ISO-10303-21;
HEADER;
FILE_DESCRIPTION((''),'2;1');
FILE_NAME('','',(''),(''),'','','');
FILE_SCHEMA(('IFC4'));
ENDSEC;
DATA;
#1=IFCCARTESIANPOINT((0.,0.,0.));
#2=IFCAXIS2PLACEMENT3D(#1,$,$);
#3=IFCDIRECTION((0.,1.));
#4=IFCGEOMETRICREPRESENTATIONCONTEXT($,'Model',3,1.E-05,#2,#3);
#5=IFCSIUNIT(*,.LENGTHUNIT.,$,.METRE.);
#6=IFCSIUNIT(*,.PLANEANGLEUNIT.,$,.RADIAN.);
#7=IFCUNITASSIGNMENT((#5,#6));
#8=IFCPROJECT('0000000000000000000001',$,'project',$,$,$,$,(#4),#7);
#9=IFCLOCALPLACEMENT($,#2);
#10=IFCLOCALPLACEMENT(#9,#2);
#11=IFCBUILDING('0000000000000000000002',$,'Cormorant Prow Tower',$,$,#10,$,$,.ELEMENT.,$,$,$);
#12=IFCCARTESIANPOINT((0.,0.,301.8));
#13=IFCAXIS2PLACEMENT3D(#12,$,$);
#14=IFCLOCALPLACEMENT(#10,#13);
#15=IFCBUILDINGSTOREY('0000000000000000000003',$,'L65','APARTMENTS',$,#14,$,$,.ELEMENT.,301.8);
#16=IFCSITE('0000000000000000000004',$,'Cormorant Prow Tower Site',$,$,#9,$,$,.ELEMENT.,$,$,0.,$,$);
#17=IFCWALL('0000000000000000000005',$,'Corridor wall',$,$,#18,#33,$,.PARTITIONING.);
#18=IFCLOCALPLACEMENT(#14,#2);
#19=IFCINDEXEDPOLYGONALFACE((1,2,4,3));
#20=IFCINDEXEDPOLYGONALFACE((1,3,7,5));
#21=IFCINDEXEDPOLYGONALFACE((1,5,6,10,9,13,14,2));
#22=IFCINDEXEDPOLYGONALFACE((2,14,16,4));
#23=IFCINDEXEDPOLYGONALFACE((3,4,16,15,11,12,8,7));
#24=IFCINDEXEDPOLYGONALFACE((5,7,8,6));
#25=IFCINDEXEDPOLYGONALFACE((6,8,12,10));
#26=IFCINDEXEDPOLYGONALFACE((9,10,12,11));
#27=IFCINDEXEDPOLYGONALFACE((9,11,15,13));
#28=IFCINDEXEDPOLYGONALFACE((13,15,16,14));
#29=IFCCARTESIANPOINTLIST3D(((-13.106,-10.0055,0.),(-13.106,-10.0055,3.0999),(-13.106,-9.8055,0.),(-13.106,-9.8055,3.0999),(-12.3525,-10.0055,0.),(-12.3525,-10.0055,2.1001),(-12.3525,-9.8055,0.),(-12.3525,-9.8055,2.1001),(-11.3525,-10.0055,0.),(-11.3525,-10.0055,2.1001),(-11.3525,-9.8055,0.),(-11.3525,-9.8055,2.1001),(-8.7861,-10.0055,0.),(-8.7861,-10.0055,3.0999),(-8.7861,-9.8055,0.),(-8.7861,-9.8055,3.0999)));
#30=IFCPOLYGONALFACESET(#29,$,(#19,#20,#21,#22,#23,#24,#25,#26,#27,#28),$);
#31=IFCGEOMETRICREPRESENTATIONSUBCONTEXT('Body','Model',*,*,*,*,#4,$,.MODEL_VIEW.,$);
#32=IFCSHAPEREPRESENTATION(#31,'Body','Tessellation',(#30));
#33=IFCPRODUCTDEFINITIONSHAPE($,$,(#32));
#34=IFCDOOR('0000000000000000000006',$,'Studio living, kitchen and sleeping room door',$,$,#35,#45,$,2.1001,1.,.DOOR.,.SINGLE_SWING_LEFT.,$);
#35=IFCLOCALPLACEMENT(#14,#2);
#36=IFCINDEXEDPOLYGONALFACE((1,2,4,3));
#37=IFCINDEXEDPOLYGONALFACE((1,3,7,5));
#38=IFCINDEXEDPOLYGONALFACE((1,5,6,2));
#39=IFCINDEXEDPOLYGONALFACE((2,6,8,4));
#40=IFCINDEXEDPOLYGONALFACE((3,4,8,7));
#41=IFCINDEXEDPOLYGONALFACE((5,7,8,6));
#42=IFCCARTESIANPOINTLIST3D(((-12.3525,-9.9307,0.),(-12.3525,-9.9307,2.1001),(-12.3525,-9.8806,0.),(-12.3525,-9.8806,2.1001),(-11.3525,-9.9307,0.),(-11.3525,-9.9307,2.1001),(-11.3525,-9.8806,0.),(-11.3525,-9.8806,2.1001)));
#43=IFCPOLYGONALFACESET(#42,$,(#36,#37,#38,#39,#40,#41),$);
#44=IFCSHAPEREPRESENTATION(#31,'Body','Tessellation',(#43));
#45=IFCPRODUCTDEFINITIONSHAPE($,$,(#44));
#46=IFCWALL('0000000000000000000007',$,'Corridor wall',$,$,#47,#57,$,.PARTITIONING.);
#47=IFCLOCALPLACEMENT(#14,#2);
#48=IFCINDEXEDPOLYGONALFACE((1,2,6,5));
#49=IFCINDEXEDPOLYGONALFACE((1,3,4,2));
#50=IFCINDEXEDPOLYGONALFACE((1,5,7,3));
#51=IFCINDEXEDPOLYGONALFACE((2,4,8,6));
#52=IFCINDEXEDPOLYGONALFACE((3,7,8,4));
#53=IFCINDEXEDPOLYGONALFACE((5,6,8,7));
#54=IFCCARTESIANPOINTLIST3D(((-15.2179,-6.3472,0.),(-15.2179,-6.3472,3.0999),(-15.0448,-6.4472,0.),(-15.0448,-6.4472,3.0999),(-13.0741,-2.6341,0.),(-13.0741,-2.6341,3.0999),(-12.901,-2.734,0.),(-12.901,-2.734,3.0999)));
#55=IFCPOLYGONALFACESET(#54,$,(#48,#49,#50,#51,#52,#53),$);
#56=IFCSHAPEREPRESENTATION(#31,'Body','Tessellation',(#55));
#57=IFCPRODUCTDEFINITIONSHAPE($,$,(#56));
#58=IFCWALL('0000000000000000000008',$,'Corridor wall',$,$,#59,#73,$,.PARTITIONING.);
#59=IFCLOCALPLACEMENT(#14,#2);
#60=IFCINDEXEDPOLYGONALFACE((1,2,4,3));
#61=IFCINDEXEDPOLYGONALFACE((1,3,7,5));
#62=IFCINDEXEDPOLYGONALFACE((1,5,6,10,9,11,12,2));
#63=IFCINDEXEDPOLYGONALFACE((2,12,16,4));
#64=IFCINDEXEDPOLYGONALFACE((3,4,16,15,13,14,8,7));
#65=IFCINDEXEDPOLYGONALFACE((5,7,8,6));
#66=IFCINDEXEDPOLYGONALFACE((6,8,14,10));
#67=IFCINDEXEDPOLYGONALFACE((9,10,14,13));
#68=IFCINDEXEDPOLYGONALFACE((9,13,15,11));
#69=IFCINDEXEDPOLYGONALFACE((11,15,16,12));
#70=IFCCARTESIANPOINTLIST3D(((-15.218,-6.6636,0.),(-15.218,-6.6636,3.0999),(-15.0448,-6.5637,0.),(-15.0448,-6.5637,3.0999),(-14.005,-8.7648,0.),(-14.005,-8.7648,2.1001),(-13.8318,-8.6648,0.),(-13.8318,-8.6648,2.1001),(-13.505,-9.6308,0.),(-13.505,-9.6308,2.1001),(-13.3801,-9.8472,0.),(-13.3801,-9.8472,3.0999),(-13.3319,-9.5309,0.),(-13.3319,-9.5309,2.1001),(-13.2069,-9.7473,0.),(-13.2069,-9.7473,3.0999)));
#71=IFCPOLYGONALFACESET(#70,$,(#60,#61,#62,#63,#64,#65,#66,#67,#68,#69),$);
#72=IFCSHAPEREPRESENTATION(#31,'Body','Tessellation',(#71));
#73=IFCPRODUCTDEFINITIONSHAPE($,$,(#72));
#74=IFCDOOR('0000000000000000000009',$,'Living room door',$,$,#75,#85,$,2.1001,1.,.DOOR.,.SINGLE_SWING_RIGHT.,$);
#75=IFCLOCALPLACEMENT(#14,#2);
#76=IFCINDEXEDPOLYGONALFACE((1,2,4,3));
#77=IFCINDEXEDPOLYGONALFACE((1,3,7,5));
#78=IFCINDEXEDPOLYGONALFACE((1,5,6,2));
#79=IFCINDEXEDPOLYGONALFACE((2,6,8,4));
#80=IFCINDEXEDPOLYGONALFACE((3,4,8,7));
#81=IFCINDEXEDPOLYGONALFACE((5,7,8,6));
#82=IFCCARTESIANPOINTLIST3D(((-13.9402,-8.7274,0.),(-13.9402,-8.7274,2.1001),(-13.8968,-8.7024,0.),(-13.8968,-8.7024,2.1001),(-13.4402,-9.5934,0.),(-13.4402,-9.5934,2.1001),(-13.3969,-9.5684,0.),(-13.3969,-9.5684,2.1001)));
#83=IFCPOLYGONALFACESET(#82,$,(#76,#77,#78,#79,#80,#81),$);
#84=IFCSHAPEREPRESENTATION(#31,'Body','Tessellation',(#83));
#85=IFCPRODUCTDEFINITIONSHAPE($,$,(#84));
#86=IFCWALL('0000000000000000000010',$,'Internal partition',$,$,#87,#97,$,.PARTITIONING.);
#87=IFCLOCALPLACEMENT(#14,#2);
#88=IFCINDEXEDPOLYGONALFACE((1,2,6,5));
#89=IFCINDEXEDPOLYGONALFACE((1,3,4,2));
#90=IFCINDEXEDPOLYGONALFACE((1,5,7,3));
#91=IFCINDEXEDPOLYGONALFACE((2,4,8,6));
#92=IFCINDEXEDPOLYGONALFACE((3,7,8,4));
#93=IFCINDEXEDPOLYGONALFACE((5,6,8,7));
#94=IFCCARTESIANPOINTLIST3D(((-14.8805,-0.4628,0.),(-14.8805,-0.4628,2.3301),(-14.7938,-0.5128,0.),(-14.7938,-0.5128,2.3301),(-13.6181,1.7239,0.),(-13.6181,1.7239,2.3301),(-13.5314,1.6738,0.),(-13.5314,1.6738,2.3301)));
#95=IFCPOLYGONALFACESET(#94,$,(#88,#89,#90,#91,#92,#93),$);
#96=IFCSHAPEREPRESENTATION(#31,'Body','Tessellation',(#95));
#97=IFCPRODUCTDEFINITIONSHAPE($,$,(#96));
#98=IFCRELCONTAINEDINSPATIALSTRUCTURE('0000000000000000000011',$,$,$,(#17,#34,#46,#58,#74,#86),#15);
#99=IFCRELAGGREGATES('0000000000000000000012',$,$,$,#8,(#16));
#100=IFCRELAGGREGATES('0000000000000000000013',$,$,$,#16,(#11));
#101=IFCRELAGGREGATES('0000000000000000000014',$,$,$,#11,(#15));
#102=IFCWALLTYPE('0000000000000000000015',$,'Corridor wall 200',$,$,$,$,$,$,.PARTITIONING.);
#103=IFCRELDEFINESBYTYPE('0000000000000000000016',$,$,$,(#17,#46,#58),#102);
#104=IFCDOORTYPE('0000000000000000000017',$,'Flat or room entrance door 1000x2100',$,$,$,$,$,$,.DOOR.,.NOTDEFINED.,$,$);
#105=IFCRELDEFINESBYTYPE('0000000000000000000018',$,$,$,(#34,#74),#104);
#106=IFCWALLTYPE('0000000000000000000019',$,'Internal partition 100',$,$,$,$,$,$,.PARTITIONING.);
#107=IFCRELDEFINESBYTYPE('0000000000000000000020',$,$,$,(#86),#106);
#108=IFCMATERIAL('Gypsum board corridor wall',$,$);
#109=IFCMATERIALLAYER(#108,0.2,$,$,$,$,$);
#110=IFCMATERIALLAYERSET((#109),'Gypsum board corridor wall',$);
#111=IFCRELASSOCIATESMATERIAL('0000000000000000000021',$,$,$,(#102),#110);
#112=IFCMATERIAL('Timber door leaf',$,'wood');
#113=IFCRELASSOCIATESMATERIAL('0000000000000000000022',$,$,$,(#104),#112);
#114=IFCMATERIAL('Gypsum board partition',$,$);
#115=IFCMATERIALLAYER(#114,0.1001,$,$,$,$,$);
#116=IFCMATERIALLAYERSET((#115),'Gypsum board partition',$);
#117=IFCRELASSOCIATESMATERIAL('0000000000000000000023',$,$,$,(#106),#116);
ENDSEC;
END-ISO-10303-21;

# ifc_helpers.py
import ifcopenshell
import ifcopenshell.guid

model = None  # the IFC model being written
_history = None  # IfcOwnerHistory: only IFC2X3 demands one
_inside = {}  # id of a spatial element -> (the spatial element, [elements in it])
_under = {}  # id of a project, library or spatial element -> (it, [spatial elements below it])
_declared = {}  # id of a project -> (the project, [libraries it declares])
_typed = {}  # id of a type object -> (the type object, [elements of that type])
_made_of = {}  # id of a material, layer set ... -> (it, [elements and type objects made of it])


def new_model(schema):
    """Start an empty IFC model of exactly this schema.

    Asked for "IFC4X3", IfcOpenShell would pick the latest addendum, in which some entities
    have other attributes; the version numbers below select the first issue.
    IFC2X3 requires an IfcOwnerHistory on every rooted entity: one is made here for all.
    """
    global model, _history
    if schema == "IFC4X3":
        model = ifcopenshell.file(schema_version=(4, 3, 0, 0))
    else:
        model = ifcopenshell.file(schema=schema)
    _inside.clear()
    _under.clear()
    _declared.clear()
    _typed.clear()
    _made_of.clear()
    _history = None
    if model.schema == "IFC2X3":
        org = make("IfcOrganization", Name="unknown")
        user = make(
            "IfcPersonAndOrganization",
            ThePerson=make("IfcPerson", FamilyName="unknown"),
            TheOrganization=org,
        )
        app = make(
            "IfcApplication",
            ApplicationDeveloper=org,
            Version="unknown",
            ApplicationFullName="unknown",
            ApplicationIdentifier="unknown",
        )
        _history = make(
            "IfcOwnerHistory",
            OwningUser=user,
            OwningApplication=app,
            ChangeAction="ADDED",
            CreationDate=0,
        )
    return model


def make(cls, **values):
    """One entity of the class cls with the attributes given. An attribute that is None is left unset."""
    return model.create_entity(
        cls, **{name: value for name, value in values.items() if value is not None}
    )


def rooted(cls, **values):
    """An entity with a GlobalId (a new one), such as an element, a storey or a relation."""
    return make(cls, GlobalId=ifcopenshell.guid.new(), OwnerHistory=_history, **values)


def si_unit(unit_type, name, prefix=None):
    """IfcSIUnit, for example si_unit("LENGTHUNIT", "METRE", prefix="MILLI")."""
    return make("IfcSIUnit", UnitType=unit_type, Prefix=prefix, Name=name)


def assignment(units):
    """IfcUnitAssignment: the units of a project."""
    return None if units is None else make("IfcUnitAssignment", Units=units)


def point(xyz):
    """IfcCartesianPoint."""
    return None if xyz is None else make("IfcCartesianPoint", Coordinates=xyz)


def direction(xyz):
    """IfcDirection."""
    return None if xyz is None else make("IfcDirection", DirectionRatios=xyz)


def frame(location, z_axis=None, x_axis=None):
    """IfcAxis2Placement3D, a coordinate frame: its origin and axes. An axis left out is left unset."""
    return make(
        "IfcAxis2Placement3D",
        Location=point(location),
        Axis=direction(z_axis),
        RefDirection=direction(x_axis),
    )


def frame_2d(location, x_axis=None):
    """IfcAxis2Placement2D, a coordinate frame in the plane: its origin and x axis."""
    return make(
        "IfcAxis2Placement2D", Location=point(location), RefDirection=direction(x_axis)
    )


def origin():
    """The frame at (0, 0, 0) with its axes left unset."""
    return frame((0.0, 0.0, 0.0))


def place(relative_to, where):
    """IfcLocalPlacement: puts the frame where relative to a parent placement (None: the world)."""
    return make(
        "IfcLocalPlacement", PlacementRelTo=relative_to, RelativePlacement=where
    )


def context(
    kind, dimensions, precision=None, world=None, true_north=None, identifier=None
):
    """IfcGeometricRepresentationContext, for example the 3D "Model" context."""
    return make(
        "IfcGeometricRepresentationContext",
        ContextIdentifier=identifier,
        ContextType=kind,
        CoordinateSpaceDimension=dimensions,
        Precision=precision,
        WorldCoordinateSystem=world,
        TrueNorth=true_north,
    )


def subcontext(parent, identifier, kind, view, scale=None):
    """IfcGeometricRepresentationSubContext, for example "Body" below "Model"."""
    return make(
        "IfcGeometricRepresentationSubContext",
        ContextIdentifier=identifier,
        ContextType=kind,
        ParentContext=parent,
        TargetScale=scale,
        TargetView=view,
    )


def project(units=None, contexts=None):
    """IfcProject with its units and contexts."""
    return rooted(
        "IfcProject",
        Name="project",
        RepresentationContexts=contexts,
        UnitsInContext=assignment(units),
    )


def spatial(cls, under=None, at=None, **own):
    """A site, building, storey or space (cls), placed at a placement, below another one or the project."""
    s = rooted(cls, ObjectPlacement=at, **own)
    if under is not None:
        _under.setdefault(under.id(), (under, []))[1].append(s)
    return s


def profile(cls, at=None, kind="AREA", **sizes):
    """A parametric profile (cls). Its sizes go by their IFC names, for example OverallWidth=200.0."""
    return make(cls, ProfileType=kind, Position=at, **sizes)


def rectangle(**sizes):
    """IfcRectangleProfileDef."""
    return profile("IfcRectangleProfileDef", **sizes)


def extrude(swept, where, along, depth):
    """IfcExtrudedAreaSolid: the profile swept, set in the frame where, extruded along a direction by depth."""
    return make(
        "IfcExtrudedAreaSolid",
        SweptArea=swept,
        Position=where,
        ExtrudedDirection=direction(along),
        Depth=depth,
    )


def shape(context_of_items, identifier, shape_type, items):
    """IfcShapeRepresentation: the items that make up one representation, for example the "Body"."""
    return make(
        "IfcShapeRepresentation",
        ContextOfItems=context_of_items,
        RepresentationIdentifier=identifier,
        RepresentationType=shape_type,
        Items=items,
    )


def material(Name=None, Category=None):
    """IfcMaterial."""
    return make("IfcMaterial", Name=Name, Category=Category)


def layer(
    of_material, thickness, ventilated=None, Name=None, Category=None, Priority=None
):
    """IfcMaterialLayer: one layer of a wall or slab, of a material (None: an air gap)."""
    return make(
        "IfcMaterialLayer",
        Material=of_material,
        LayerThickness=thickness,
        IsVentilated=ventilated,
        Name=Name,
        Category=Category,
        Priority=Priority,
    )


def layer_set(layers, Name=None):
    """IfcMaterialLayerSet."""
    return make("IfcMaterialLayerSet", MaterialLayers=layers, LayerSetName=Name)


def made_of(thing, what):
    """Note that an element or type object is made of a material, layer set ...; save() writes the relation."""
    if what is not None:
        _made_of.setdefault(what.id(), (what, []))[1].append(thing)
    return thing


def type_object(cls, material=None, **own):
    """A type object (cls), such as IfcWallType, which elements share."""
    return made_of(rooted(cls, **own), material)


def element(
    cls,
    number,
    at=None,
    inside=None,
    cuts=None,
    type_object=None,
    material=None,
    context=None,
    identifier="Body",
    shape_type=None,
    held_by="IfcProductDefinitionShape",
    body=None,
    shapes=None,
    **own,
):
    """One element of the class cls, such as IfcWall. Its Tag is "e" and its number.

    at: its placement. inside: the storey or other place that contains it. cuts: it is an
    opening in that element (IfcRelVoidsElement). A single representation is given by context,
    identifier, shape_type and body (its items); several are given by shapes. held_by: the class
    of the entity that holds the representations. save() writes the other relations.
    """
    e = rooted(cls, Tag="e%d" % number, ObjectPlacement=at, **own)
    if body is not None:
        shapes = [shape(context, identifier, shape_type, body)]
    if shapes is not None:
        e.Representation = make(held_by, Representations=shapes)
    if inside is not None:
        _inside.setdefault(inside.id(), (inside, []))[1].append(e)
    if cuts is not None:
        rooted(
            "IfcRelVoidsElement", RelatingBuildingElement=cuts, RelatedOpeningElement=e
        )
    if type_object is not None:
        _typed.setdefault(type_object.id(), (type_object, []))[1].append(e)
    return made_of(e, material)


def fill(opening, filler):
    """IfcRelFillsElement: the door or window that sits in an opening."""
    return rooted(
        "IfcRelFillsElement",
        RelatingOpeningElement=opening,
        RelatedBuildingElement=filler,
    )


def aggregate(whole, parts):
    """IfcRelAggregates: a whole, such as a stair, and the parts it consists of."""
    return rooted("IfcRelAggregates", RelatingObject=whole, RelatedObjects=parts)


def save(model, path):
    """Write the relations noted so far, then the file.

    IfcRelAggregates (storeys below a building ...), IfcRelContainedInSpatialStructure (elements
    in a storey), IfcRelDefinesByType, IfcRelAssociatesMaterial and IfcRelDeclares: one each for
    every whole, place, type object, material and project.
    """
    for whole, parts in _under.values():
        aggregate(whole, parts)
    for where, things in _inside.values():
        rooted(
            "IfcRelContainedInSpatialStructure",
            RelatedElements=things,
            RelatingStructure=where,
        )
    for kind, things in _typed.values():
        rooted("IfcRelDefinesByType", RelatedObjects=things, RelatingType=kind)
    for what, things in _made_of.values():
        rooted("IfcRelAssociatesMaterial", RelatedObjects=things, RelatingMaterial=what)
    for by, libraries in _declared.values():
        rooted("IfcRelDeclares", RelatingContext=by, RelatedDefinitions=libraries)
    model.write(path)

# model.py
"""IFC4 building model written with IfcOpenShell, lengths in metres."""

from ifc_helpers import new_model, si_unit, direction, frame, frame_2d, origin, place, context, subcontext, project, spatial, rectangle, extrude, material, layer, layer_set, type_object, element, fill, save


model = new_model("IFC4")

# Units and contexts
model_context = context("Model", 3, precision=1e-05, world=origin(), true_north=direction((0.0, 1.0)))
body_context = subcontext(model_context, "Body", "Model", "MODEL_VIEW")
ifc_project = project(units=[si_unit("LENGTHUNIT", "METRE"), si_unit("PLANEANGLEUNIT", "RADIAN")], contexts=[model_context])

# Site, building, storey
site_placement = place(None, origin())
site = spatial("IfcSite", under=ifc_project, at=site_placement, Name="Cormorant Prow Tower Site", CompositionType="ELEMENT", RefElevation=0.0)
building_placement = place(site_placement, origin())
building = spatial("IfcBuilding", under=site, at=building_placement, Name="Cormorant Prow Tower", CompositionType="ELEMENT")
storey_placement = place(building_placement, frame((0.0, 0.0, 301.8)))
storey = spatial("IfcBuildingStorey", under=building, at=storey_placement, Name="L65", Description="APARTMENTS", CompositionType="ELEMENT", Elevation=301.8)

# Wall, opening, door
ifc_material_1 = material(Name="Gypsum board corridor wall")
ifc_layer_1 = layer(ifc_material_1, 0.2)
ifc_layer_set_1 = layer_set([ifc_layer_1], Name="Gypsum board corridor wall")
wall_type_1 = type_object("IfcWallType", Name="Corridor wall 200", PredefinedType="PARTITIONING", material=ifc_layer_set_1)
ifc_material_2 = material(Name="Timber door leaf", Category="wood")
door_type = type_object("IfcDoorType", Name="Flat or room entrance door 1000x2100", OperationType="NOTDEFINED", PredefinedType="DOOR", material=ifc_material_2)
wall_1_placement = place(storey_placement, frame((-13.106, -9.9055, 0.0), z_axis=(0.0, 0.0, 1.0), x_axis=(1.0, 0.0, 0.0)))
wall_1 = element("IfcWall", 1, at=wall_1_placement, inside=storey, type_object=wall_type_1, Name="Corridor wall", PredefinedType="PARTITIONING", context=body_context, shape_type="SweptSolid", body=[
    extrude(rectangle(XDim=4.3198, YDim=0.2, at=frame_2d((2.1599, 0.0))), origin(), (0.0, 0.0, 1.0), 3.0999),
])
opening_1_placement = place(wall_1_placement, frame((0.7534, 0.0, 0.0)))
opening_1 = element("IfcOpeningElement", 2, at=opening_1_placement, cuts=wall_1, PredefinedType="OPENING", context=body_context, shape_type="SweptSolid", body=[
    extrude(rectangle(XDim=1.0, YDim=2.1001, at=frame_2d((0.5, 1.05))), frame((0.0, 0.1099, 0.0), z_axis=(0.0, -1.0, 0.0), x_axis=(1.0, 0.0, 0.0)), (0.0, 0.0, 1.0), 0.22),
])
door_1_placement = place(opening_1_placement, origin())
door_1 = element("IfcDoor", 3, at=door_1_placement, inside=storey, type_object=door_type, Name="Studio living, kitchen and sleeping room door", OperationType="SINGLE_SWING_LEFT", OverallHeight=2.1001, OverallWidth=1.0, PredefinedType="DOOR", context=body_context, shape_type="SweptSolid", body=[
    extrude(rectangle(XDim=1.0, YDim=2.1001, at=frame_2d((0.5, 1.05))), frame((0.0, 0.0249, 0.0), z_axis=(0.0, -1.0, 0.0), x_axis=(1.0, 0.0, 0.0)), (0.0, 0.0, 1.0), 0.05),
])
fill(opening_1, door_1)

# Wall
wall_2_placement = place(storey_placement, frame((-15.1313, -6.3972, 0.0), z_axis=(0.0, 0.0, 1.0), x_axis=(0.500003, 0.866023, 0.0)))
element("IfcWall", 4, at=wall_2_placement, inside=storey, type_object=wall_type_1, Name="Corridor wall", PredefinedType="PARTITIONING", context=body_context, shape_type="SweptSolid", body=[
    extrude(rectangle(XDim=4.2876, YDim=0.2, at=frame_2d((2.1438, 0.0))), origin(), (0.0, 0.0, 1.0), 3.0999),
])

# Wall, opening, door
wall_3_placement = place(storey_placement, frame((-15.1313, -6.6138, 0.0), z_axis=(0.0, 0.0, 1.0), x_axis=(0.499968, -0.866044, 0.0)))
wall_3 = element("IfcWall", 5, at=wall_3_placement, inside=storey, type_object=wall_type_1, Name="Corridor wall", PredefinedType="PARTITIONING", context=body_context, shape_type="SweptSolid", body=[
    extrude(rectangle(XDim=3.676, YDim=0.2, at=frame_2d((1.8379, 0.0))), origin(), (0.0, 0.0, 1.0), 3.0999),
])
opening_2_placement = place(wall_3_placement, frame((2.426, 0.0, 0.0)))
opening_2 = element("IfcOpeningElement", 6, at=opening_2_placement, cuts=wall_3, PredefinedType="OPENING", context=body_context, shape_type="SweptSolid", body=[
    extrude(rectangle(XDim=1.0, YDim=2.1001, at=frame_2d((0.5, 1.05))), frame((0.0, 0.1099, 0.0), z_axis=(0.0, -1.0, 0.0), x_axis=(1.0, 0.0, 0.0)), (0.0, 0.0, 1.0), 0.22),
])
door_2_placement = place(opening_2_placement, origin())
door_2 = element("IfcDoor", 7, at=door_2_placement, inside=storey, type_object=door_type, Name="Living room door", OperationType="SINGLE_SWING_RIGHT", OverallHeight=2.1001, OverallWidth=1.0, PredefinedType="DOOR", context=body_context, shape_type="SweptSolid", body=[
    extrude(rectangle(XDim=1.0, YDim=2.1001, at=frame_2d((0.5, 1.05))), frame((0.0, 0.0249, 0.0), z_axis=(0.0, -1.0, 0.0), x_axis=(1.0, 0.0, 0.0)), (0.0, 0.0, 1.0), 0.05),
])
fill(opening_2, door_2)

# Wall
ifc_material_3 = material(Name="Gypsum board partition")
ifc_layer_2 = layer(ifc_material_3, 0.1001)
ifc_layer_set_2 = layer_set([ifc_layer_2], Name="Gypsum board partition")
wall_type_2 = type_object("IfcWallType", Name="Internal partition 100", PredefinedType="PARTITIONING", material=ifc_layer_set_2)
wall_4_placement = place(storey_placement, frame((-14.8372, -0.4878, 0.0), z_axis=(0.0, 0.0, 1.0), x_axis=(0.499976, 0.866039, 0.0)))
element("IfcWall", 8, at=wall_4_placement, inside=storey, type_object=wall_type_2, Name="Internal partition", PredefinedType="PARTITIONING", context=body_context, shape_type="SweptSolid", body=[
    extrude(rectangle(XDim=2.5249, YDim=0.1001, at=frame_2d((1.2625, 0.0))), origin(), (0.0, 0.0, 1.0), 2.3301),
])

save(model, "model.ifc")
